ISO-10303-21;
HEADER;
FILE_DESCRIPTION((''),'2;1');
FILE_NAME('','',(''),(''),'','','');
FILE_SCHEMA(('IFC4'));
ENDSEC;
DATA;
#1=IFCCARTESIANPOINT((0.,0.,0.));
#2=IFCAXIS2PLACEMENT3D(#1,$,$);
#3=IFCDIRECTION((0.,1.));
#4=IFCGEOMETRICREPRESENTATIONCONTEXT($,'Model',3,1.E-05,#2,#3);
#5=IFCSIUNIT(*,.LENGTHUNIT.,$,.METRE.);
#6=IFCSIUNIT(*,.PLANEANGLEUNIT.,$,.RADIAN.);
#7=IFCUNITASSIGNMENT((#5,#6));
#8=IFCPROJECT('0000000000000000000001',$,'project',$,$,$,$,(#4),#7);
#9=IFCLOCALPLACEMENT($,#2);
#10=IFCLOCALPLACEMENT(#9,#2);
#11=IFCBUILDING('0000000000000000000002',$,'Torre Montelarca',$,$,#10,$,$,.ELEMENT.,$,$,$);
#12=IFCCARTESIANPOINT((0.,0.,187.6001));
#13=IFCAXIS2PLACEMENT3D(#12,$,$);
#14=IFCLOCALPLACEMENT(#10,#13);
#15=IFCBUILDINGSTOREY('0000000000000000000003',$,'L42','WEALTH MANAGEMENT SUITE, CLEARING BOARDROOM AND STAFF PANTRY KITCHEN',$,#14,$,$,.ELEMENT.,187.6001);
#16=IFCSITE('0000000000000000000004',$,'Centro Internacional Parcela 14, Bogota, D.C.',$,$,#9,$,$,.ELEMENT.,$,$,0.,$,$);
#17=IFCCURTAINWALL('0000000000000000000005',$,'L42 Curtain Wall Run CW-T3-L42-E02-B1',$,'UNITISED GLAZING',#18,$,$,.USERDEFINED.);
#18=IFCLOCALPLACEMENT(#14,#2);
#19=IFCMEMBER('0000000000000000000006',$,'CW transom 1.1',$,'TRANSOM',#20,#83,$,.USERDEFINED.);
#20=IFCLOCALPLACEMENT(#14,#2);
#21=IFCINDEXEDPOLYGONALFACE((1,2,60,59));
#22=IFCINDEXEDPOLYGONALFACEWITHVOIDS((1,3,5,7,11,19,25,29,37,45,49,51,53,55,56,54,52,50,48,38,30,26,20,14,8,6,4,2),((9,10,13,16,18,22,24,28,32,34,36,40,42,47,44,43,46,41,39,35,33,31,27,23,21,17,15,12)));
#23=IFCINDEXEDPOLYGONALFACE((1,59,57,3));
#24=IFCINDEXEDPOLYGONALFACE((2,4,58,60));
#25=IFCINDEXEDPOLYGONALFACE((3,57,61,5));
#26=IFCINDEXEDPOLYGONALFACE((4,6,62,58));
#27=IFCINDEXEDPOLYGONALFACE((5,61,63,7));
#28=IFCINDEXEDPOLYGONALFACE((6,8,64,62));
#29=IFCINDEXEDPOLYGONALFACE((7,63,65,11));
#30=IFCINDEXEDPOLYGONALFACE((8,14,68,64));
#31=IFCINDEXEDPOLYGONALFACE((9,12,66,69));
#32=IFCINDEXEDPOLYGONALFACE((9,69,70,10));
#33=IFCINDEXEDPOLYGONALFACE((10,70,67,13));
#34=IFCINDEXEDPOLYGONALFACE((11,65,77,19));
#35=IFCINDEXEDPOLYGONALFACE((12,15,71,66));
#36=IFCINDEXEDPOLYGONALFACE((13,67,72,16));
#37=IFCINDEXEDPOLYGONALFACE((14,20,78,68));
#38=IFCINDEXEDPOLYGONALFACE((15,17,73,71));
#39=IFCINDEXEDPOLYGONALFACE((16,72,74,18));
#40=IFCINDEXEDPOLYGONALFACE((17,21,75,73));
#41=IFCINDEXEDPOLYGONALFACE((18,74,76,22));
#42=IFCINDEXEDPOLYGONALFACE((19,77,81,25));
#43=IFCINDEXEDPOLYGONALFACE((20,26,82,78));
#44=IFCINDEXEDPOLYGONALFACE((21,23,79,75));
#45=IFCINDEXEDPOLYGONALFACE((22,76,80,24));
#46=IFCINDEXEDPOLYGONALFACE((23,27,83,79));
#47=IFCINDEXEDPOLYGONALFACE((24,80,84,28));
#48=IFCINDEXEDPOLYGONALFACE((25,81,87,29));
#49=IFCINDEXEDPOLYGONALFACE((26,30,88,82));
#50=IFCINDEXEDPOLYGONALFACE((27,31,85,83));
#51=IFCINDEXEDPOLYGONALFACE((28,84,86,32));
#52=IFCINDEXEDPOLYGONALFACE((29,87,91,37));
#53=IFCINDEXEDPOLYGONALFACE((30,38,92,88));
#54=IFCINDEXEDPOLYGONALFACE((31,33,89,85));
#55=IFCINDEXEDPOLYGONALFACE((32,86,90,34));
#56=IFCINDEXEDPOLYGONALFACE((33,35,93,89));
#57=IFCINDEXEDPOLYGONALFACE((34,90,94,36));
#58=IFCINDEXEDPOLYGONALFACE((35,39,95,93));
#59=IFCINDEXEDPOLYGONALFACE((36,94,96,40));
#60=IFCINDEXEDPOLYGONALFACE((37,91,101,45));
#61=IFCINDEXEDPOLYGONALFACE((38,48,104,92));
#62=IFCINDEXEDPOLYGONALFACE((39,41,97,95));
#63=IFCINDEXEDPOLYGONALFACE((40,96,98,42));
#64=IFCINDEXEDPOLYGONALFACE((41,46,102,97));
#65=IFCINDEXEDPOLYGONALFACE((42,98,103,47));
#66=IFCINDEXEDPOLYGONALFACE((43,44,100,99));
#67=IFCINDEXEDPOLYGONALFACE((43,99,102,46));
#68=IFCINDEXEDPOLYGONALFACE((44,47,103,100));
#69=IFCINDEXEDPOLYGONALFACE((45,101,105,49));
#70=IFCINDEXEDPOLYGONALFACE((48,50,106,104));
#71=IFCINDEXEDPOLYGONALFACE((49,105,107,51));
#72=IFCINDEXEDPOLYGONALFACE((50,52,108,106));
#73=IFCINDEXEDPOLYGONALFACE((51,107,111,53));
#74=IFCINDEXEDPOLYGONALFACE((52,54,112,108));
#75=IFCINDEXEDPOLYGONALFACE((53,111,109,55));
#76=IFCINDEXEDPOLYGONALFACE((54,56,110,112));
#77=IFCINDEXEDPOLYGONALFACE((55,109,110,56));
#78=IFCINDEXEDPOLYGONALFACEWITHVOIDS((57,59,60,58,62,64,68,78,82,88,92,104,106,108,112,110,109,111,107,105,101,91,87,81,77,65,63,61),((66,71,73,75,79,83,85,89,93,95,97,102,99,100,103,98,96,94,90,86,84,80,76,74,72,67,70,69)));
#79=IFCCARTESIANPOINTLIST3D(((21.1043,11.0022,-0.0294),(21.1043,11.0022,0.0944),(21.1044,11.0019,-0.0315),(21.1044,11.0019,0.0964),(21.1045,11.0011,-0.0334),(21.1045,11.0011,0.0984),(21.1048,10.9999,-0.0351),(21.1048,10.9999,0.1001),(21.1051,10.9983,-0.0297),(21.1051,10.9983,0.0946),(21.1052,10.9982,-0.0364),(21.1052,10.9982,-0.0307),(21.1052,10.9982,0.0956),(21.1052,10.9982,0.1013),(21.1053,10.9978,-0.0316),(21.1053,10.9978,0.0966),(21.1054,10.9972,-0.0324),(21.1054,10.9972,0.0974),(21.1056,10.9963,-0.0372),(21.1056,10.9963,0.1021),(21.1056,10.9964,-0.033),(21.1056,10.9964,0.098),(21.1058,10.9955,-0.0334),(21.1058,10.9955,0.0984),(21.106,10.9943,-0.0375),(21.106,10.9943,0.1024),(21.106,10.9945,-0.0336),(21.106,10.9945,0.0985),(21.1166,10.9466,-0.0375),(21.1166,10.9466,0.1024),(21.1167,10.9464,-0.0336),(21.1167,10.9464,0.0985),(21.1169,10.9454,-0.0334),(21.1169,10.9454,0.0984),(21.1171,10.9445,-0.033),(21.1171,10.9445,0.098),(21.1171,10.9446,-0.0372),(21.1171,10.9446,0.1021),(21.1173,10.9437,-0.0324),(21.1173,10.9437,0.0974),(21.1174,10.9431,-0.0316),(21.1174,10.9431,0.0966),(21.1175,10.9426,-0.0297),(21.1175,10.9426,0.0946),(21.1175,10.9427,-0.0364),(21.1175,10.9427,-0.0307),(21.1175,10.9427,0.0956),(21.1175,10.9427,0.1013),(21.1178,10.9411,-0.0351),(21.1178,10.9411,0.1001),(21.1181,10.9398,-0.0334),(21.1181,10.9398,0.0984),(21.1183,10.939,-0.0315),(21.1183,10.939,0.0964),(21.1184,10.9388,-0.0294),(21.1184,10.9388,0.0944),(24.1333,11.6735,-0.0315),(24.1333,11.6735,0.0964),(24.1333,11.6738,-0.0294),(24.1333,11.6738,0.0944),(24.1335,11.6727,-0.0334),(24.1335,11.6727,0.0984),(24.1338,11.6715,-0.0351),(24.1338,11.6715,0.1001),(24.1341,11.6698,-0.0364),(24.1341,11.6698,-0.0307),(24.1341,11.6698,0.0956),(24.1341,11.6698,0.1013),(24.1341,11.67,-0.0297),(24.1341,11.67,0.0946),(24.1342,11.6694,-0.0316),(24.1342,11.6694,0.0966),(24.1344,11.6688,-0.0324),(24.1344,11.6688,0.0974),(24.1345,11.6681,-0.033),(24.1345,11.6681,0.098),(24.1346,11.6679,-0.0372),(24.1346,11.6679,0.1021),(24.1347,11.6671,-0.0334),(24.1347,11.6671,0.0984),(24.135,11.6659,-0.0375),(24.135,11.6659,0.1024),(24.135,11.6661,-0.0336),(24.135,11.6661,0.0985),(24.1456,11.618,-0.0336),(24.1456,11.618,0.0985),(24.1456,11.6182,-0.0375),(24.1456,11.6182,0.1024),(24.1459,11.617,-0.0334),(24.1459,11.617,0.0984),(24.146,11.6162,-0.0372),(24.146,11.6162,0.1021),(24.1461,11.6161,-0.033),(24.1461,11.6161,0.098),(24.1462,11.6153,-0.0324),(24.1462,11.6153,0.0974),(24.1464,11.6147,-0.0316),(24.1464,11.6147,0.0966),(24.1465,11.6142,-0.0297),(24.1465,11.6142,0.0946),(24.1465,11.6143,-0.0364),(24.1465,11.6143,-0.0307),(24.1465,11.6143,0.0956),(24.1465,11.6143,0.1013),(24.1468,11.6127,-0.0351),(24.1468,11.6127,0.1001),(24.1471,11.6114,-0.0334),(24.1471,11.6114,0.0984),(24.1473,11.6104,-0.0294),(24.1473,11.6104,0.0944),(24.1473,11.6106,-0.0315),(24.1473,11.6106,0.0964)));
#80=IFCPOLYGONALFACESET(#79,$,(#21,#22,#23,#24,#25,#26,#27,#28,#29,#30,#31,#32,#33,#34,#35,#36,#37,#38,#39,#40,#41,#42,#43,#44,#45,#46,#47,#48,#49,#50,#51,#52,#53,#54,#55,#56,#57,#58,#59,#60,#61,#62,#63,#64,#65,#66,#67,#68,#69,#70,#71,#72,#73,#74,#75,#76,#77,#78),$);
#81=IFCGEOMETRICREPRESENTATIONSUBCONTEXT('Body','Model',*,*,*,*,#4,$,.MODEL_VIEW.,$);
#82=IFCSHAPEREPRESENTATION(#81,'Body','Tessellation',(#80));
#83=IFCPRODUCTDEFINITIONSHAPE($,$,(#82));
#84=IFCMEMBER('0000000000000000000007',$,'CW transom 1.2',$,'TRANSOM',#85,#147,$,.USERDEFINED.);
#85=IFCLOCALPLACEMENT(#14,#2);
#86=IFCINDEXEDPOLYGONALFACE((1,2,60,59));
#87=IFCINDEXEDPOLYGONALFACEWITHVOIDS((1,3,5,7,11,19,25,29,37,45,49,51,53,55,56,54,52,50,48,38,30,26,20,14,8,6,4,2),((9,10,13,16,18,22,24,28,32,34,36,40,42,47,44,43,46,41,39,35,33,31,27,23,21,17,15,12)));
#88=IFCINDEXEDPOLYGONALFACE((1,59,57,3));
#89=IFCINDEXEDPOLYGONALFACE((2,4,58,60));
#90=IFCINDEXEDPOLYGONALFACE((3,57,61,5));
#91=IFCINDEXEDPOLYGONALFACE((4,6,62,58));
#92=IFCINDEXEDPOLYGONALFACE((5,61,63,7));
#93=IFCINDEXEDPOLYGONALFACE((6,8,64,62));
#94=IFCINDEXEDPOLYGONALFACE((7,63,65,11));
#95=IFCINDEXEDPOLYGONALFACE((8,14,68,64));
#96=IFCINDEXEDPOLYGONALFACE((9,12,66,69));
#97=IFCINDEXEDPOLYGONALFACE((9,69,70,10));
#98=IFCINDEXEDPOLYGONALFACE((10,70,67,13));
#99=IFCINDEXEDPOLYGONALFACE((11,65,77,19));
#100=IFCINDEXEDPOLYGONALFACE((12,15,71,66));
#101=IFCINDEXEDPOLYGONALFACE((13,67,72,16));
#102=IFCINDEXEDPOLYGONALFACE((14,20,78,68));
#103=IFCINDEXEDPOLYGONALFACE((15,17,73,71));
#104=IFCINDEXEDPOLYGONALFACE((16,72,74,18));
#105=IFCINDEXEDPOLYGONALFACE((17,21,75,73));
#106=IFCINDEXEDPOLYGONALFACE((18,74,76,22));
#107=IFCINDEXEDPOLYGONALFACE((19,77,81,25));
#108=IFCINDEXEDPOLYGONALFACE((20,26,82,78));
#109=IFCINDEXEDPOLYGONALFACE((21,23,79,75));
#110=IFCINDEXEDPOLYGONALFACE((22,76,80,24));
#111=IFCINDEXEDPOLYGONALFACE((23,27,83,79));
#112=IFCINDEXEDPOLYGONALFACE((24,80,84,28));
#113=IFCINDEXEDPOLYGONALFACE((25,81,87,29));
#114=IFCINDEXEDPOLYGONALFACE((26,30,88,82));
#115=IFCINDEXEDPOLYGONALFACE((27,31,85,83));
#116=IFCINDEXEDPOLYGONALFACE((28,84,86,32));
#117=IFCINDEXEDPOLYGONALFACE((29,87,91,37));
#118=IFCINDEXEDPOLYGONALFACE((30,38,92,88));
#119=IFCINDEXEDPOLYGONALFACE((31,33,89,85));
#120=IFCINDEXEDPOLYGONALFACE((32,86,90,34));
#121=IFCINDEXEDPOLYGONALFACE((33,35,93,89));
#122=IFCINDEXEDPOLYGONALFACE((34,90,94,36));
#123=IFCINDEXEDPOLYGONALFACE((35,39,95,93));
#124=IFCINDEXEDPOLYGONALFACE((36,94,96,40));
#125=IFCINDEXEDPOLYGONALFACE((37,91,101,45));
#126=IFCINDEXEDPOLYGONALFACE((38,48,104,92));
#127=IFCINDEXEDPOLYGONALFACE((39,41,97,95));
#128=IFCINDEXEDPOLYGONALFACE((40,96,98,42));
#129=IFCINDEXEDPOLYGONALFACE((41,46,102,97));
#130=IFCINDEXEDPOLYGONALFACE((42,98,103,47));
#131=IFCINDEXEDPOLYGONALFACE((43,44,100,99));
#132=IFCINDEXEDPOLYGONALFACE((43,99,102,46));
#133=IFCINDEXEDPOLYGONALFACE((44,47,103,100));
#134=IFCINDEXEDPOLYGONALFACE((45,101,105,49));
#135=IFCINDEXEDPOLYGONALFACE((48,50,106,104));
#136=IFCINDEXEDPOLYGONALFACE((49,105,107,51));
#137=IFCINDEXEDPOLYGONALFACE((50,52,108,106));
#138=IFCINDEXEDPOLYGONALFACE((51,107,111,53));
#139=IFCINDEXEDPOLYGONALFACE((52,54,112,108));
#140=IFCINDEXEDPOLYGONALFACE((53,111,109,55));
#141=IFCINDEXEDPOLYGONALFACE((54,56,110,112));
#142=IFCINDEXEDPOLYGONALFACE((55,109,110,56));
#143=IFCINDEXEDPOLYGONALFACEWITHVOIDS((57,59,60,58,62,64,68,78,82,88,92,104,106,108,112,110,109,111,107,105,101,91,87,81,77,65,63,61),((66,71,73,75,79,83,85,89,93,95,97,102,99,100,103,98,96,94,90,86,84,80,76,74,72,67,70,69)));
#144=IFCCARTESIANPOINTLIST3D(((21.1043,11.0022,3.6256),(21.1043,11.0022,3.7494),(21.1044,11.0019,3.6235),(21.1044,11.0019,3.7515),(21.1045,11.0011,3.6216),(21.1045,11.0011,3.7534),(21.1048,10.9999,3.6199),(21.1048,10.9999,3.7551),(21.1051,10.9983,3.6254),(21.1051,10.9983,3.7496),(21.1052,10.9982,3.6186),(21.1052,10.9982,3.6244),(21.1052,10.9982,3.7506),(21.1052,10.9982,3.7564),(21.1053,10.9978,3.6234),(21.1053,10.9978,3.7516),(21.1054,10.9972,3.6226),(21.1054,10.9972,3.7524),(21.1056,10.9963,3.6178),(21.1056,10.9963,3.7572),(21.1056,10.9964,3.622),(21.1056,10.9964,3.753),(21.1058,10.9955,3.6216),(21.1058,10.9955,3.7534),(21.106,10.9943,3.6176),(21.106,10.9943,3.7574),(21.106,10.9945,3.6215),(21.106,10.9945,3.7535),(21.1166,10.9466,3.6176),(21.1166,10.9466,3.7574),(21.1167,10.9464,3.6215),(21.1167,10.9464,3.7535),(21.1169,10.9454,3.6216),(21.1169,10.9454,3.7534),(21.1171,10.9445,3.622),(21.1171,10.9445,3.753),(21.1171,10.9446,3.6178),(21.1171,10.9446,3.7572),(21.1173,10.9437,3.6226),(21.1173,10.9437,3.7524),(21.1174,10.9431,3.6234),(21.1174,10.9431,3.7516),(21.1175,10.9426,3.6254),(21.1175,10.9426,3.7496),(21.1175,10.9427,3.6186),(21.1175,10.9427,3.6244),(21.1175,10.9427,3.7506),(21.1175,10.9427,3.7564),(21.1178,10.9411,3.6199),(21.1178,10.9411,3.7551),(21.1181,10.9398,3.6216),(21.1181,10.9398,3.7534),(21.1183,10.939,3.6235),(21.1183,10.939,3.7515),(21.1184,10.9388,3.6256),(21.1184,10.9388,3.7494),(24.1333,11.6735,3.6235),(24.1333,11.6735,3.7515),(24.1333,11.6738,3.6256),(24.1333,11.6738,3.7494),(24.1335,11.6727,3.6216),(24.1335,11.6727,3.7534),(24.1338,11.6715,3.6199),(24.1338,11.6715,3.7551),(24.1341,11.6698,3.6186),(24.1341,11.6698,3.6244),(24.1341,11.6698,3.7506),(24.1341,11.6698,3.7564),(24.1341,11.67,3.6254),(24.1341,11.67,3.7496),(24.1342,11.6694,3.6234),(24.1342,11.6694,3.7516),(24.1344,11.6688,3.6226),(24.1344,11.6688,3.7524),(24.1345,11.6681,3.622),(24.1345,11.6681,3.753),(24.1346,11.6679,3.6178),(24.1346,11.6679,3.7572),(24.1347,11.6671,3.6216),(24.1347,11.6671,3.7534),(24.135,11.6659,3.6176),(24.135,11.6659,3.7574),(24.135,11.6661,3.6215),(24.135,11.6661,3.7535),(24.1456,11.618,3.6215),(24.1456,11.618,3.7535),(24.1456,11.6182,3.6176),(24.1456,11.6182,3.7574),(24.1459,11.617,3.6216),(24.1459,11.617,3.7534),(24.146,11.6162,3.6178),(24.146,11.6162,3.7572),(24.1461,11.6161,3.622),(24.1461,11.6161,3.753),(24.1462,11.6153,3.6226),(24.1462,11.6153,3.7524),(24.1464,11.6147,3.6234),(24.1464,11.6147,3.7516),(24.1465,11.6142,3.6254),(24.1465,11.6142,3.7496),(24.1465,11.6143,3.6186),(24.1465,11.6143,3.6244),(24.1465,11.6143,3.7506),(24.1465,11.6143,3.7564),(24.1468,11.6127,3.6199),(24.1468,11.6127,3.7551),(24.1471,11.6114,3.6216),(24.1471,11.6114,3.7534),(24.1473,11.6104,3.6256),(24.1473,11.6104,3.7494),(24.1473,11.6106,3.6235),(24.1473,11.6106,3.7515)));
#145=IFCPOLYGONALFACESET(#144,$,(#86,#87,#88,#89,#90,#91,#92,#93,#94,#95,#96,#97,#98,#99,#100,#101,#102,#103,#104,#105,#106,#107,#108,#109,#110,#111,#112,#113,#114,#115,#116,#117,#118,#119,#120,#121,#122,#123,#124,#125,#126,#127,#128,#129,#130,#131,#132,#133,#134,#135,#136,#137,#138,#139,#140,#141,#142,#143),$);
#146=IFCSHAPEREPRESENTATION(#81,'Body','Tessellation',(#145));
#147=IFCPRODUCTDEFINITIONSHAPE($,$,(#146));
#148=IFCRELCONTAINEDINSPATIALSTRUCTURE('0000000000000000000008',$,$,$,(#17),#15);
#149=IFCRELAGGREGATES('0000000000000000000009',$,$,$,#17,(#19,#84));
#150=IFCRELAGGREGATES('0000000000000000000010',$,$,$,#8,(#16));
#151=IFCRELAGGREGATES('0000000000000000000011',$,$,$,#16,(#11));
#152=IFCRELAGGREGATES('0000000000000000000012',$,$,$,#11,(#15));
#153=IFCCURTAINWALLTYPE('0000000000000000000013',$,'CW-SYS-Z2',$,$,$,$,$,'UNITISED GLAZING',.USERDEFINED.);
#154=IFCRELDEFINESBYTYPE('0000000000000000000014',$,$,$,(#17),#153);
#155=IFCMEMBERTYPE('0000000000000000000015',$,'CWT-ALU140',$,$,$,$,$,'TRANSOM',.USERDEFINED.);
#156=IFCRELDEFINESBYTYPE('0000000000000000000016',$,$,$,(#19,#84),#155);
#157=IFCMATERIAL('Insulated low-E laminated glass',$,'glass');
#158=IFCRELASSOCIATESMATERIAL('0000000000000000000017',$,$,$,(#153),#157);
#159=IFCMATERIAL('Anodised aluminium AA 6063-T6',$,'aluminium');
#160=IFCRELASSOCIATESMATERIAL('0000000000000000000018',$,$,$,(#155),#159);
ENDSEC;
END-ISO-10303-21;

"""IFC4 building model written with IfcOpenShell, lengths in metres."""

from ifc_helpers import new_model, si_unit, direction, frame, origin, origin_2d, place, context, subcontext, project, spatial, hollow_rectangle, extrude, source, transform, mapped, material, material_profile, profile_set, type_object, element, aggregate, save


model = new_model("IFC4")

# Units and contexts
model_context = context("Model", 3, precision=1e-05, world=origin(), true_north=direction((0.0, 1.0)))
body_context = subcontext(model_context, "Body", "Model", "MODEL_VIEW")
ifc_project = project(units=[si_unit("LENGTHUNIT", "METRE"), si_unit("PLANEANGLEUNIT", "RADIAN")], contexts=[model_context])

# Site, building, storey
site_placement = place(None, origin())
site = spatial("IfcSite", under=ifc_project, at=site_placement, Name="Centro Internacional Parcela 14, Bogota, D.C.", CompositionType="ELEMENT", RefElevation=0.0)
building_placement = place(site_placement, origin())
building = spatial("IfcBuilding", under=site, at=building_placement, Name="Torre Montelarca", CompositionType="ELEMENT")
storey_placement = place(building_placement, frame((0.0, 0.0, 187.6001)))
storey = spatial("IfcBuildingStorey", under=building, at=storey_placement, Name="L42", Description="WEALTH MANAGEMENT SUITE, CLEARING BOARDROOM AND STAFF PANTRY KITCHEN", CompositionType="ELEMENT", Elevation=187.6001)

# Curtain wall, members
ifc_material_1 = material(Name="Insulated low-E laminated glass", Category="glass")
curtain_wall_type = type_object("IfcCurtainWallType", Name="CW-SYS-Z2", ElementType="UNITISED GLAZING", PredefinedType="USERDEFINED", material=ifc_material_1)
curtain_wall_1_placement = place(storey_placement, origin())
curtain_wall_1 = element("IfcCurtainWall", 1, at=curtain_wall_1_placement, inside=storey, type_object=curtain_wall_type, Name="L42 Curtain Wall Run CW-T3-L42-E02-B1", ObjectType="UNITISED GLAZING", PredefinedType="USERDEFINED")
ifc_material_2 = material(Name="Anodised aluminium AA 6063-T6", Category="aluminium")
ifc_material_profile_1 = material_profile(ifc_material_2, hollow_rectangle(XDim=0.0649, YDim=0.1399, WallThickness=0.0039, InnerFilletRadius=0.0039, OuterFilletRadius=0.0081, at=origin_2d()), Name="ALU65X140X4", Category="aluminium")
ifc_profile_set_1 = profile_set([ifc_material_profile_1], Name="Anodised aluminium AA 6063-T6")
member_type_1 = type_object("IfcMemberType", Name="CWT-ALU140", ElementType="TRANSOM", PredefinedType="USERDEFINED", material=ifc_profile_set_1)
shared_shape_1 = source(origin(), body_context, "Body", "SweptSolid", [
    extrude(hollow_rectangle(XDim=0.0649, YDim=0.1399, WallThickness=0.0039, InnerFilletRadius=0.0039, OuterFilletRadius=0.0081, at=origin_2d()), origin(), (0.0, 0.0, 1.0), 3.1025),
])
member_1_placement = place(storey_placement, frame((21.1113, 10.9705, 0.0325), z_axis=(0.976289, 0.216472, 0.0), x_axis=(-0.216472, 0.976289, 0.0)))
member_1 = element("IfcMember", 2, at=member_1_placement, type_object=member_type_1, Name="CW transom 1.1", ObjectType="TRANSOM", PredefinedType="USERDEFINED", context=body_context, shape_type="MappedRepresentation", body=[
    mapped(shared_shape_1, transform((0.0, 0.0, 0.0), scale=1.0)),
])
member_2_placement = place(storey_placement, frame((21.1113, 10.9705, 3.6875), z_axis=(0.976289, 0.216472, 0.0), x_axis=(-0.216472, 0.976289, 0.0)))
member_2 = element("IfcMember", 3, at=member_2_placement, type_object=member_type_1, Name="CW transom 1.2", ObjectType="TRANSOM", PredefinedType="USERDEFINED", context=body_context, shape_type="MappedRepresentation", body=[
    mapped(shared_shape_1, transform((0.0, 0.0, 0.0), scale=1.0)),
])

aggregate(curtain_wall_1, [member_1, member_2])

save(model, "model.ifc")
